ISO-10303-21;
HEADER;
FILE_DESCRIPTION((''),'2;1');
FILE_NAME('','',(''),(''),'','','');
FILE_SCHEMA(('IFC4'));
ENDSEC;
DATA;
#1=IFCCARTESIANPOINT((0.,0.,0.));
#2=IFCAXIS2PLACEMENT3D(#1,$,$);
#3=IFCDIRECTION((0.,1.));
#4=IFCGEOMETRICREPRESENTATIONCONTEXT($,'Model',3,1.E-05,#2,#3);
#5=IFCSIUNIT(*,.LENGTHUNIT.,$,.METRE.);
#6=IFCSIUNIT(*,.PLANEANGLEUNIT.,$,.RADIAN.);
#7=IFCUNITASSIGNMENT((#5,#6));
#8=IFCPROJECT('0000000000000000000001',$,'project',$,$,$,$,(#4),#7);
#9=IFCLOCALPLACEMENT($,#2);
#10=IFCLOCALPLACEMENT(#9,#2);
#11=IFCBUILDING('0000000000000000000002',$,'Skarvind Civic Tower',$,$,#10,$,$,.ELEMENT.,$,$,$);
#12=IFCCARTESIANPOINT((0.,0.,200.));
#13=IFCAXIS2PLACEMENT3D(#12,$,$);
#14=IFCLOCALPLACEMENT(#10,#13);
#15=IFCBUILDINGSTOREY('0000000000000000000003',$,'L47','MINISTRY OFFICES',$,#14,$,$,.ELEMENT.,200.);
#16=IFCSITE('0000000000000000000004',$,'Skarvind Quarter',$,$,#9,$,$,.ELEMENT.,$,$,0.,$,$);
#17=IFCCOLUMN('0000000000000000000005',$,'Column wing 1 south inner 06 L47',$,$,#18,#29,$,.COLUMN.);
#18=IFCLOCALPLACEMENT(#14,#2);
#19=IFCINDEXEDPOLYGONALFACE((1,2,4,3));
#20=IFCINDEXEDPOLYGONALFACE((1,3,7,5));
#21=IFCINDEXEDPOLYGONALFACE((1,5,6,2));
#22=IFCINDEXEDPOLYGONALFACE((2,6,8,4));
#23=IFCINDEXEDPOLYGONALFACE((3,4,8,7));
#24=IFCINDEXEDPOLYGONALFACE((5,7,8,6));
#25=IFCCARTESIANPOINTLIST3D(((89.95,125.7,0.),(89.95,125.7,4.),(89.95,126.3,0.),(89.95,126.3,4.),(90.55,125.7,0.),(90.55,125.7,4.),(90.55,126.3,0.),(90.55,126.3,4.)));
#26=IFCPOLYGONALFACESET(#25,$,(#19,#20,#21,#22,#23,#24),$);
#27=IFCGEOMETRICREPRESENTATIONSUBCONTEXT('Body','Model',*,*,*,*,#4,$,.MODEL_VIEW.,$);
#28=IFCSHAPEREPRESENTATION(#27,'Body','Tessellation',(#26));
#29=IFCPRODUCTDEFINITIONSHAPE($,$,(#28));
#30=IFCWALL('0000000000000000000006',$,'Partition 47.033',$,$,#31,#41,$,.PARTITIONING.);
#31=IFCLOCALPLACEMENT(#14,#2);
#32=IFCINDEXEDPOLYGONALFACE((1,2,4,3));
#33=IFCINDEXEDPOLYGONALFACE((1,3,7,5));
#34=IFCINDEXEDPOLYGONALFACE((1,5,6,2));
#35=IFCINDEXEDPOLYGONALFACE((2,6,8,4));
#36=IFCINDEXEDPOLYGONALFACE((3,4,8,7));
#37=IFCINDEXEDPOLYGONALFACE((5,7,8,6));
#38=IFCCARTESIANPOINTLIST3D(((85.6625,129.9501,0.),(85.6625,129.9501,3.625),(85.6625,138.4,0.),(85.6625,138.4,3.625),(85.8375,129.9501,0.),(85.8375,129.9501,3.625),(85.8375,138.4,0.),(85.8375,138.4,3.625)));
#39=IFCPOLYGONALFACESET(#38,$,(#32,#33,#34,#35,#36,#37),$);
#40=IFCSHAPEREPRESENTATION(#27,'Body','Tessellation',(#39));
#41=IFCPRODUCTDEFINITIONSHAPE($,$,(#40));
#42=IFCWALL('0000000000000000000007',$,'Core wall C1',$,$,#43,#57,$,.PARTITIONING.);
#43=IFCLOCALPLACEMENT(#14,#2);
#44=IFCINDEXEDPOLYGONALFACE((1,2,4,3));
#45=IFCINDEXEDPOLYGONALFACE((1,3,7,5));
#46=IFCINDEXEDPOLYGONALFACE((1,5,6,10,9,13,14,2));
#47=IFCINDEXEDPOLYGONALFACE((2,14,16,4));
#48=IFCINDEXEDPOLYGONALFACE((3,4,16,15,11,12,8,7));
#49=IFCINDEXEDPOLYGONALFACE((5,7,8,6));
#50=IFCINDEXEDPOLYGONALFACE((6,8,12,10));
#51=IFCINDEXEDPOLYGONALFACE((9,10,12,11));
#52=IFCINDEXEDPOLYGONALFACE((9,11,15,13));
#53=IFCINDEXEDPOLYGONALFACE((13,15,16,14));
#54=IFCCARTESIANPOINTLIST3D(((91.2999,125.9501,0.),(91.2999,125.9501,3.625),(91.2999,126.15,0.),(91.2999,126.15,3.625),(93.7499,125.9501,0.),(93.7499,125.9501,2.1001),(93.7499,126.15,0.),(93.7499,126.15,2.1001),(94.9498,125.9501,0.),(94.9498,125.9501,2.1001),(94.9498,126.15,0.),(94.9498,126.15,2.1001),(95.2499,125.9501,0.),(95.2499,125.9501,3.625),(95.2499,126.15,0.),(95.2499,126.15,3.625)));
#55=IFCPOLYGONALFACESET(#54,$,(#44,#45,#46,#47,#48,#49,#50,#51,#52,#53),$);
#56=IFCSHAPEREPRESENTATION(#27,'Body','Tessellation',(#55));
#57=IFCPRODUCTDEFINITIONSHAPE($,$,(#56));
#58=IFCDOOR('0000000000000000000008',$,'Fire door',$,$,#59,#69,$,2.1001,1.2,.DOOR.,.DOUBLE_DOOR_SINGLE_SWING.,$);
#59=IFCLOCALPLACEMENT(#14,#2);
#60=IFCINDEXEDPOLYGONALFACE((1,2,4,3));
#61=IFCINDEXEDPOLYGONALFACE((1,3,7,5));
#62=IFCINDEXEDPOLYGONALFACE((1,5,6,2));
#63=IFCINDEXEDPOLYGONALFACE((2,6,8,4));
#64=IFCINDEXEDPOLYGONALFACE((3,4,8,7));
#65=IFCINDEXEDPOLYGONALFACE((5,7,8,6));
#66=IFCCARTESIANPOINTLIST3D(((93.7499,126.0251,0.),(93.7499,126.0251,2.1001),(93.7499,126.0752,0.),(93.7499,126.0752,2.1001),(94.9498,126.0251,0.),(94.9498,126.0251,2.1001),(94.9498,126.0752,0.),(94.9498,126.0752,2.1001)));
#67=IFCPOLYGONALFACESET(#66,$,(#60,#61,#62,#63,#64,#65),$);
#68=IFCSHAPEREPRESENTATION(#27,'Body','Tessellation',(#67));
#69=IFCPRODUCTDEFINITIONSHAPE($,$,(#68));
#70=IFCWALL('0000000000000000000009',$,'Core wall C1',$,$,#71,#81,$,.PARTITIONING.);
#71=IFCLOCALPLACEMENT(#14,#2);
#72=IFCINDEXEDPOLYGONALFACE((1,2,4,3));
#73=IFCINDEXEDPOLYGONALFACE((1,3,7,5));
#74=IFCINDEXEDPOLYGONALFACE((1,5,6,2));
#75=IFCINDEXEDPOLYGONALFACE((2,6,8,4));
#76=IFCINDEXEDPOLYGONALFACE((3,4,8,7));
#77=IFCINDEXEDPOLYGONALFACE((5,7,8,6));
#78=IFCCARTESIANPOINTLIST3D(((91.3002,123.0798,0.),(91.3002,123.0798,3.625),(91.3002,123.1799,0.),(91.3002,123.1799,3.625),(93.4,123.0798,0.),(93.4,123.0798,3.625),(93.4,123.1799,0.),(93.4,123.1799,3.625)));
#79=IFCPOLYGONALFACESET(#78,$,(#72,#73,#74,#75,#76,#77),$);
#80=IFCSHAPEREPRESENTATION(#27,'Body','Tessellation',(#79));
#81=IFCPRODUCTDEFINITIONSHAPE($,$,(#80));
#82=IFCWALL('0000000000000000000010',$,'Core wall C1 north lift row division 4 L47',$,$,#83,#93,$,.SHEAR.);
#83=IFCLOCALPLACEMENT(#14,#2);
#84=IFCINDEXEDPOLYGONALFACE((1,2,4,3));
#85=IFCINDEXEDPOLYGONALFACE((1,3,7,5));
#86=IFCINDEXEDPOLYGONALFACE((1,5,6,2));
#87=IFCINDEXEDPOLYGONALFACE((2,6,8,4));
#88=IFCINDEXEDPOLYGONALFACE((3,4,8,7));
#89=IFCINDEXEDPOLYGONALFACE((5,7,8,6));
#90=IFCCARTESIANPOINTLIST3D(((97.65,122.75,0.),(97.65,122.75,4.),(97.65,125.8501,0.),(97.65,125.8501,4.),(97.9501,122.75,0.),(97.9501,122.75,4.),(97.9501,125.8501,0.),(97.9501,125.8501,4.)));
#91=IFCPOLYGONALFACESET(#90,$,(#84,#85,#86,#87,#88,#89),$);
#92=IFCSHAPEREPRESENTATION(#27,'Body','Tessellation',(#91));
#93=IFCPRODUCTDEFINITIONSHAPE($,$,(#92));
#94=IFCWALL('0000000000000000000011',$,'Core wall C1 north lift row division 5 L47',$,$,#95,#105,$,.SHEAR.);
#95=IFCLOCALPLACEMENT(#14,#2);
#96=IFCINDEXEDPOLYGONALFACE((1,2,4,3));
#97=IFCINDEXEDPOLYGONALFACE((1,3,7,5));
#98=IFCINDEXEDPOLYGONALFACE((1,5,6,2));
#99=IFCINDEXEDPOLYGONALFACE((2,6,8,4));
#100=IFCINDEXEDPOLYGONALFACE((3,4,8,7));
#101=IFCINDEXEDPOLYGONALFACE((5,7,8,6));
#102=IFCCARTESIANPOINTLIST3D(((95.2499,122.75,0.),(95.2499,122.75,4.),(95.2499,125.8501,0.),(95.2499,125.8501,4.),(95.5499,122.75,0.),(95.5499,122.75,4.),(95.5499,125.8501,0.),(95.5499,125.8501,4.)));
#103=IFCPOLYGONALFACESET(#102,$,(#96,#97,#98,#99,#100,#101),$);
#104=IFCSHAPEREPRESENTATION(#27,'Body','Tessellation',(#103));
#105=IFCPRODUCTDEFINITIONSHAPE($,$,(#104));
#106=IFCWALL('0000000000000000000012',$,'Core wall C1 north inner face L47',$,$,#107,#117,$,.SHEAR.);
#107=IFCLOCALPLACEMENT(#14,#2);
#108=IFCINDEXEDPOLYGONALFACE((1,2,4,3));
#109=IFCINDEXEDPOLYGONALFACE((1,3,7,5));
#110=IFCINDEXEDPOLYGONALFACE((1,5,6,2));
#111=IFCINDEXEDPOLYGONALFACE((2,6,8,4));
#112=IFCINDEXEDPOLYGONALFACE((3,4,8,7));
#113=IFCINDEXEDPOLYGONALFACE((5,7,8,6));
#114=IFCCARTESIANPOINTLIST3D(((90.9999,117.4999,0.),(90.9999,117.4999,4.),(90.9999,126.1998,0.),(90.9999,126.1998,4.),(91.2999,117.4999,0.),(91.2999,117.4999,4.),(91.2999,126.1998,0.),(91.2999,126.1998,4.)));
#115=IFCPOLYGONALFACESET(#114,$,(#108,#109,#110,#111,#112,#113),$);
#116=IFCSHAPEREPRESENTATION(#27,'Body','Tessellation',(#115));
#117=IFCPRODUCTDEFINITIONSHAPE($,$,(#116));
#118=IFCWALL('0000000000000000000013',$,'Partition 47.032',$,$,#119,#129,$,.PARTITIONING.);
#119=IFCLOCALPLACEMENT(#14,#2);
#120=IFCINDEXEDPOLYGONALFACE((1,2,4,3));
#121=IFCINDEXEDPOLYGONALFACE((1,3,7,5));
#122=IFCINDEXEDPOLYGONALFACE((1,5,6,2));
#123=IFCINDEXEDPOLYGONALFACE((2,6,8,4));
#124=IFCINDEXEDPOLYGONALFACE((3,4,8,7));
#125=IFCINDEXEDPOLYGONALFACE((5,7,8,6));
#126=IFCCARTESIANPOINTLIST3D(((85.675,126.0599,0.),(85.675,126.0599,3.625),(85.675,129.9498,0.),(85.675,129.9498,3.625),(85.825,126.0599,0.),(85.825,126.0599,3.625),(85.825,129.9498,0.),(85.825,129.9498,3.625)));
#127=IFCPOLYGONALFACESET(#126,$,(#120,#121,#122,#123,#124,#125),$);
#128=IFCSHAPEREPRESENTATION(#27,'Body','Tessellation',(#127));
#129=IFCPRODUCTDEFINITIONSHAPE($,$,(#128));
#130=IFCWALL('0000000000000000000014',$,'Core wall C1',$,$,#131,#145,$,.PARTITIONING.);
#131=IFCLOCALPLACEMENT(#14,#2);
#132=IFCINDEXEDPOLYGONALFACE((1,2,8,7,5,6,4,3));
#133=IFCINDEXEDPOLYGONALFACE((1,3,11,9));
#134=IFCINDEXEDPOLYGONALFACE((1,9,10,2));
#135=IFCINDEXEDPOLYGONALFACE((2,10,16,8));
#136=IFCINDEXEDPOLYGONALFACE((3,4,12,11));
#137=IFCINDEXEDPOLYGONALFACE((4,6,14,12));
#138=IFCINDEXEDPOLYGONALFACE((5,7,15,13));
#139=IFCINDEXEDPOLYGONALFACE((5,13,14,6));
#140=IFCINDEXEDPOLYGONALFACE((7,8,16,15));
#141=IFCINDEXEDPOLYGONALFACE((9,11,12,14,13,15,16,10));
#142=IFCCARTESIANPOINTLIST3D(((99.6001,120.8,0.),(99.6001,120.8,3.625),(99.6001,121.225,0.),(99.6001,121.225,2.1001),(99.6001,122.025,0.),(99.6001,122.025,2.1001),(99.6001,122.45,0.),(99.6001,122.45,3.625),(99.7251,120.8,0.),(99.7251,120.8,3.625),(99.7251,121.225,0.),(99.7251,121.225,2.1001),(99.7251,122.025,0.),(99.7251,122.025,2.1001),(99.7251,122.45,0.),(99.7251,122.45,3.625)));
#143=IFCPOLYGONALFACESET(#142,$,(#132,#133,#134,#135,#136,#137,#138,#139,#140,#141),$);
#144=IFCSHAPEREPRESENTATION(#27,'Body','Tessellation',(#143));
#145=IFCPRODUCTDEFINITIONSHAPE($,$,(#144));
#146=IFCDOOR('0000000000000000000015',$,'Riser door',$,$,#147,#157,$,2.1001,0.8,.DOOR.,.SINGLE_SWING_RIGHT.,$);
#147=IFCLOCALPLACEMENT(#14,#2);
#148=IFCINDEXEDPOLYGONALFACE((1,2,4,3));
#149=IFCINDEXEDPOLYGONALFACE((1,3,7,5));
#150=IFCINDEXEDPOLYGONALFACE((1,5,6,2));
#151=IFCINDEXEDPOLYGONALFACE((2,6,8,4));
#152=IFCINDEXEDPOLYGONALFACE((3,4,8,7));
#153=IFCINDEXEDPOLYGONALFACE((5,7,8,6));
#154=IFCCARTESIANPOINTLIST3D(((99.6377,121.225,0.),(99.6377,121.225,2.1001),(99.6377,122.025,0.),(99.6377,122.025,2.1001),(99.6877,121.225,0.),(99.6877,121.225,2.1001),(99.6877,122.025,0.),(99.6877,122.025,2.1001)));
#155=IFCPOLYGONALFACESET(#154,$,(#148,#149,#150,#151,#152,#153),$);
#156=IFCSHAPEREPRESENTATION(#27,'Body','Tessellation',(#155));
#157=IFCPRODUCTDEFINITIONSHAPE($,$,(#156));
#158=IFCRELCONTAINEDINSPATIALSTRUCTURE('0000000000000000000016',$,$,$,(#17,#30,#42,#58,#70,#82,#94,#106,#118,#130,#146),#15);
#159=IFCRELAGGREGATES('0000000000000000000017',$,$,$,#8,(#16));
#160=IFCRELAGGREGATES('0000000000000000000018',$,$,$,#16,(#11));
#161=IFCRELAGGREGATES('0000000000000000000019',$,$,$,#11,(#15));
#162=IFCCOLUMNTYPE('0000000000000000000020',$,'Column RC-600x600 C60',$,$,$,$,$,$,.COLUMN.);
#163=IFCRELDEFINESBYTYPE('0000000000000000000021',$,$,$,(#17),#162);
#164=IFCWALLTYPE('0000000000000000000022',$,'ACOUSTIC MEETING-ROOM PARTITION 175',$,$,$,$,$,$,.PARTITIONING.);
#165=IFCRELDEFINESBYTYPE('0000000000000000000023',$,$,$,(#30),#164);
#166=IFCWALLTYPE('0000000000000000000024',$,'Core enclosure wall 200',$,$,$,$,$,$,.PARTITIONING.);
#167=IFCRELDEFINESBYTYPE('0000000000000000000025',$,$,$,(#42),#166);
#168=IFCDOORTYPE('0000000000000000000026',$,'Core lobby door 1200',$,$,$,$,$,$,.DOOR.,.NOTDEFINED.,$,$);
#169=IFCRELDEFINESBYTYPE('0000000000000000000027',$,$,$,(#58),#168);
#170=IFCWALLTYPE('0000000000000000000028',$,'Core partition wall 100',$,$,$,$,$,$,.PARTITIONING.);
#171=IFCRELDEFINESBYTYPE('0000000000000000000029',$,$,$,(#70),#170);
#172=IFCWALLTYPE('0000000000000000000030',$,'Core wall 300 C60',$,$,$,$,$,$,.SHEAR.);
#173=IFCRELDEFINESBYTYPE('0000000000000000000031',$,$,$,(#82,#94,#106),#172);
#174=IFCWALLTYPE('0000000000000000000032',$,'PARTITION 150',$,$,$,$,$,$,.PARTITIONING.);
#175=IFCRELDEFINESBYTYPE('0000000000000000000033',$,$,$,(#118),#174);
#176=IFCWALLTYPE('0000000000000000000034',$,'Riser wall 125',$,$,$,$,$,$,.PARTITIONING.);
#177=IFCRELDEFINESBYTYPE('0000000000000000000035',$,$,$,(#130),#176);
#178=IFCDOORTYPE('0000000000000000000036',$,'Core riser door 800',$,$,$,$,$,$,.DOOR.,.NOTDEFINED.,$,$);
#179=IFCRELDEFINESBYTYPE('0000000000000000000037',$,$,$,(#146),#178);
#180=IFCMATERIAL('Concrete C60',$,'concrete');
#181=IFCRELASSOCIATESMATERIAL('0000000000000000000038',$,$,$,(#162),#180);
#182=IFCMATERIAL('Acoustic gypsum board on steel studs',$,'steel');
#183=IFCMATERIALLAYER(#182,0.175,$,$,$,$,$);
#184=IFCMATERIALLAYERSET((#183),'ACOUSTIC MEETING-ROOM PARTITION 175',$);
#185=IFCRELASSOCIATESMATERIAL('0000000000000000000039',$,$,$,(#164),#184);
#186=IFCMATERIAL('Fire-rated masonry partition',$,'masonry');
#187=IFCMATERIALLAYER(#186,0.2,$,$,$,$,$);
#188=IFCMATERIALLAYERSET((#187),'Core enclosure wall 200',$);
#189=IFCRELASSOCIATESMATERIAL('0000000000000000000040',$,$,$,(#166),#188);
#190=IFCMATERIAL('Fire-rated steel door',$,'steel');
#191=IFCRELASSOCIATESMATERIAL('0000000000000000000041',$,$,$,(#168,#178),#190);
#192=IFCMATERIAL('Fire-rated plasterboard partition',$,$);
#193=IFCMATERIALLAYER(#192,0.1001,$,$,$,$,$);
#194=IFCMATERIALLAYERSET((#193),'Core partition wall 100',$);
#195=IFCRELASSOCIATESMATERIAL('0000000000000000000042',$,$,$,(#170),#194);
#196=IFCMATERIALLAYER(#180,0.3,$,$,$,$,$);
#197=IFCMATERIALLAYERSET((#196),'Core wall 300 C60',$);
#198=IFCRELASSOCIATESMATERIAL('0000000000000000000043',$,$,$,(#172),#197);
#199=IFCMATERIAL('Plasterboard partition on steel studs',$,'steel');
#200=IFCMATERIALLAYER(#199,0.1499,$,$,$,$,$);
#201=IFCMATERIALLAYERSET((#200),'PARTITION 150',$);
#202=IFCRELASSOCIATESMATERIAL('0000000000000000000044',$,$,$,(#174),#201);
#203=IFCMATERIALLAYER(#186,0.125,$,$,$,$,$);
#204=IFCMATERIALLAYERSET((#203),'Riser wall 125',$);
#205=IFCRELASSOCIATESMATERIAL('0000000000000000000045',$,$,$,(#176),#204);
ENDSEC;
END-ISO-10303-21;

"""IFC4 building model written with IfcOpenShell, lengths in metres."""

from ifc_helpers import new_model, si_unit, direction, frame, frame_2d, origin, origin_2d, place, context, subcontext, project, spatial, rectangle, extrude, material, layer, layer_set, material_profile, profile_set, type_object, element, fill, save


model = new_model("IFC4")

# Units and contexts
model_context = context("Model", 3, precision=1e-05, world=origin(), true_north=direction((0.0, 1.0)))
body_context = subcontext(model_context, "Body", "Model", "MODEL_VIEW")
ifc_project = project(units=[si_unit("LENGTHUNIT", "METRE"), si_unit("PLANEANGLEUNIT", "RADIAN")], contexts=[model_context])

# Site, building, storey
site_placement = place(None, origin())
site = spatial("IfcSite", under=ifc_project, at=site_placement, Name="Skarvind Quarter", CompositionType="ELEMENT", RefElevation=0.0)
building_placement = place(site_placement, origin())
building = spatial("IfcBuilding", under=site, at=building_placement, Name="Skarvind Civic Tower", CompositionType="ELEMENT")
storey_placement = place(building_placement, frame((0.0, 0.0, 200.0)))
storey = spatial("IfcBuildingStorey", under=building, at=storey_placement, Name="L47", Description="MINISTRY OFFICES", CompositionType="ELEMENT", Elevation=200.0)

# Column
ifc_material_1 = material(Name="Concrete C60", Category="concrete")
ifc_material_profile = material_profile(ifc_material_1, rectangle(XDim=0.6001, YDim=0.6001, at=origin_2d()), Name="RC-600x600")
ifc_profile_set = profile_set([ifc_material_profile], Name="Concrete C60")
column_type = type_object("IfcColumnType", Name="Column RC-600x600 C60", PredefinedType="COLUMN", material=ifc_profile_set)
column_placement = place(storey_placement, frame((90.25, 126.0, 0.0), z_axis=(0.0, 0.0, 1.0), x_axis=(1.0, 0.0, 0.0)))
element("IfcColumn", 1, at=column_placement, inside=storey, type_object=column_type, Name="Column wing 1 south inner 06 L47", PredefinedType="COLUMN", context=body_context, shape_type="SweptSolid", body=[
    extrude(rectangle(XDim=0.6001, YDim=0.6001, at=origin_2d()), origin(), (0.0, 0.0, 1.0), 4.0),
])

# Wall
ifc_material_2 = material(Name="Acoustic gypsum board on steel studs", Category="steel")
ifc_layer_1 = layer(ifc_material_2, 0.175)
ifc_layer_set_1 = layer_set([ifc_layer_1], Name="ACOUSTIC MEETING-ROOM PARTITION 175")
wall_type_1 = type_object("IfcWallType", Name="ACOUSTIC MEETING-ROOM PARTITION 175", PredefinedType="PARTITIONING", material=ifc_layer_set_1)
wall_1_placement = place(storey_placement, frame((85.75, 129.95, 0.0), z_axis=(0.0, 0.0, 1.0), x_axis=(0.0, 1.0, 0.0)))
element("IfcWall", 2, at=wall_1_placement, inside=storey, type_object=wall_type_1, Name="Partition 47.033", PredefinedType="PARTITIONING", context=body_context, shape_type="SweptSolid", body=[
    extrude(rectangle(XDim=8.45, YDim=0.175, at=frame_2d((4.2251, 0.0))), origin(), (0.0, 0.0, 1.0), 3.625),
])

# Wall, opening, door
ifc_material_3 = material(Name="Fire-rated masonry partition", Category="masonry")
ifc_layer_2 = layer(ifc_material_3, 0.2)
ifc_layer_set_2 = layer_set([ifc_layer_2], Name="Core enclosure wall 200")
wall_type_2 = type_object("IfcWallType", Name="Core enclosure wall 200", PredefinedType="PARTITIONING", material=ifc_layer_set_2)
wall_2_placement = place(storey_placement, frame((95.25, 126.05, 0.0), z_axis=(0.0, 0.0, 1.0), x_axis=(-1.0, 0.0, 0.0)))
wall_2 = element("IfcWall", 3, at=wall_2_placement, inside=storey, type_object=wall_type_2, Name="Core wall C1", PredefinedType="PARTITIONING", context=body_context, shape_type="SweptSolid", body=[
    extrude(rectangle(XDim=3.95, YDim=0.2, at=frame_2d((1.9751, 0.0))), origin(), (0.0, 0.0, 1.0), 3.625),
])
opening_1_placement = place(wall_2_placement, frame((0.3, 0.0, 0.0)))
opening_1 = element("IfcOpeningElement", 4, at=opening_1_placement, cuts=wall_2, PredefinedType="OPENING", context=body_context, shape_type="SweptSolid", body=[
    extrude(rectangle(XDim=1.2, YDim=2.1001, at=frame_2d((0.6001, 1.05))), frame((0.0, 0.1099, 0.0), z_axis=(0.0, -1.0, 0.0), x_axis=(1.0, 0.0, 0.0)), (0.0, 0.0, 1.0), 0.22),
])
ifc_material_4 = material(Name="Fire-rated steel door", Category="steel")
door_type_1 = type_object("IfcDoorType", Name="Core lobby door 1200", OperationType="NOTDEFINED", PredefinedType="DOOR", material=ifc_material_4)
door_1_placement = place(opening_1_placement, origin())
door_1 = element("IfcDoor", 5, at=door_1_placement, inside=storey, type_object=door_type_1, Name="Fire door", OperationType="DOUBLE_DOOR_SINGLE_SWING", OverallHeight=2.1001, OverallWidth=1.2, PredefinedType="DOOR", context=body_context, shape_type="SweptSolid", body=[
    extrude(rectangle(XDim=1.2, YDim=2.1001, at=frame_2d((0.6001, 1.05))), frame((0.0, 0.0249, 0.0), z_axis=(0.0, -1.0, 0.0), x_axis=(1.0, 0.0, 0.0)), (0.0, 0.0, 1.0), 0.05),
])
fill(opening_1, door_1)

# Walls
ifc_material_5 = material(Name="Fire-rated plasterboard partition")
ifc_layer_3 = layer(ifc_material_5, 0.1001)
ifc_layer_set_3 = layer_set([ifc_layer_3], Name="Core partition wall 100")
wall_type_3 = type_object("IfcWallType", Name="Core partition wall 100", PredefinedType="PARTITIONING", material=ifc_layer_set_3)
wall_3_placement = place(storey_placement, frame((93.3999, 123.1299, 0.0), z_axis=(0.0, 0.0, 1.0), x_axis=(-1.0, 0.0, 0.0)))
element("IfcWall", 6, at=wall_3_placement, inside=storey, type_object=wall_type_3, Name="Core wall C1", PredefinedType="PARTITIONING", context=body_context, shape_type="SweptSolid", body=[
    extrude(rectangle(XDim=2.0999, YDim=0.1001, at=frame_2d((1.0498, 0.0))), origin(), (0.0, 0.0, 1.0), 3.625),
])
ifc_layer_4 = layer(ifc_material_1, 0.3)
ifc_layer_set_4 = layer_set([ifc_layer_4], Name="Core wall 300 C60")
wall_type_4 = type_object("IfcWallType", Name="Core wall 300 C60", PredefinedType="SHEAR", material=ifc_layer_set_4)
for number, where, z_axis, x_axis, name in (
    (7, (97.8, 125.8501, 0.0), (0.0, 0.0, 1.0), (0.0, -1.0, 0.0), "Core wall C1 north lift row division 4 L47"),
    (8, (95.3999, 125.8501, 0.0), (0.0, 0.0, 1.0), (0.0, -1.0, 0.0), "Core wall C1 north lift row division 5 L47"),
):
    element("IfcWall", number, at=place(storey_placement, frame(where, z_axis=z_axis, x_axis=x_axis)), inside=storey, type_object=wall_type_4, Name=name, PredefinedType="SHEAR", context=body_context, shape_type="SweptSolid", body=[
        extrude(rectangle(XDim=3.1001, YDim=0.3, at=frame_2d((1.55, 0.0))), origin(), (0.0, 0.0, 1.0), 4.0),
    ])
wall_4_placement = place(storey_placement, frame((91.1499, 126.2, 0.0), z_axis=(0.0, 0.0, 1.0), x_axis=(0.0, -1.0, 0.0)))
element("IfcWall", 9, at=wall_4_placement, inside=storey, type_object=wall_type_4, Name="Core wall C1 north inner face L47", PredefinedType="SHEAR", context=body_context, shape_type="SweptSolid", body=[
    extrude(rectangle(XDim=8.7, YDim=0.3, at=frame_2d((4.3501, 0.0))), origin(), (0.0, 0.0, 1.0), 4.0),
])
ifc_material_6 = material(Name="Plasterboard partition on steel studs", Category="steel")
ifc_layer_5 = layer(ifc_material_6, 0.1499)
ifc_layer_set_5 = layer_set([ifc_layer_5], Name="PARTITION 150")
wall_type_5 = type_object("IfcWallType", Name="PARTITION 150", PredefinedType="PARTITIONING", material=ifc_layer_set_5)
wall_5_placement = place(storey_placement, frame((85.75, 126.0601, 0.0), z_axis=(0.0, 0.0, 1.0), x_axis=(0.0, 1.0, 0.0)))
element("IfcWall", 10, at=wall_5_placement, inside=storey, type_object=wall_type_5, Name="Partition 47.032", PredefinedType="PARTITIONING", context=body_context, shape_type="SweptSolid", body=[
    extrude(rectangle(XDim=3.8899, YDim=0.1499, at=frame_2d((1.9448, 0.0))), origin(), (0.0, 0.0, 1.0), 3.625),
])

# Wall, opening, door
ifc_layer_6 = layer(ifc_material_3, 0.125)
ifc_layer_set_6 = layer_set([ifc_layer_6], Name="Riser wall 125")
wall_type_6 = type_object("IfcWallType", Name="Riser wall 125", PredefinedType="PARTITIONING", material=ifc_layer_set_6)
wall_6_placement = place(storey_placement, frame((99.6626, 120.8, 0.0), z_axis=(0.0, 0.0, 1.0), x_axis=(0.0, 1.0, 0.0)))
wall_6 = element("IfcWall", 11, at=wall_6_placement, inside=storey, type_object=wall_type_6, Name="Core wall C1", PredefinedType="PARTITIONING", context=body_context, shape_type="SweptSolid", body=[
    extrude(rectangle(XDim=1.6499, YDim=0.125, at=frame_2d((0.825, 0.0))), origin(), (0.0, 0.0, 1.0), 3.625),
])
opening_2_placement = place(wall_6_placement, frame((0.425, 0.0, 0.0)))
opening_2 = element("IfcOpeningElement", 12, at=opening_2_placement, cuts=wall_6, PredefinedType="OPENING", context=body_context, shape_type="SweptSolid", body=[
    extrude(rectangle(XDim=0.8, YDim=2.1001, at=frame_2d((0.3999, 1.05))), frame((0.0, 0.0725, 0.0), z_axis=(0.0, -1.0, 0.0), x_axis=(1.0, 0.0, 0.0)), (0.0, 0.0, 1.0), 0.145),
])
door_type_2 = type_object("IfcDoorType", Name="Core riser door 800", OperationType="NOTDEFINED", PredefinedType="DOOR", material=ifc_material_4)
door_2_placement = place(opening_2_placement, origin())
door_2 = element("IfcDoor", 13, at=door_2_placement, inside=storey, type_object=door_type_2, Name="Riser door", OperationType="SINGLE_SWING_RIGHT", OverallHeight=2.1001, OverallWidth=0.8, PredefinedType="DOOR", context=body_context, shape_type="SweptSolid", body=[
    extrude(rectangle(XDim=0.8, YDim=2.1001, at=frame_2d((0.3999, 1.05))), frame((0.0, 0.0249, 0.0), z_axis=(0.0, -1.0, 0.0), x_axis=(1.0, 0.0, 0.0)), (0.0, 0.0, 1.0), 0.05),
])
fill(opening_2, door_2)

save(model, "model.ifc")
